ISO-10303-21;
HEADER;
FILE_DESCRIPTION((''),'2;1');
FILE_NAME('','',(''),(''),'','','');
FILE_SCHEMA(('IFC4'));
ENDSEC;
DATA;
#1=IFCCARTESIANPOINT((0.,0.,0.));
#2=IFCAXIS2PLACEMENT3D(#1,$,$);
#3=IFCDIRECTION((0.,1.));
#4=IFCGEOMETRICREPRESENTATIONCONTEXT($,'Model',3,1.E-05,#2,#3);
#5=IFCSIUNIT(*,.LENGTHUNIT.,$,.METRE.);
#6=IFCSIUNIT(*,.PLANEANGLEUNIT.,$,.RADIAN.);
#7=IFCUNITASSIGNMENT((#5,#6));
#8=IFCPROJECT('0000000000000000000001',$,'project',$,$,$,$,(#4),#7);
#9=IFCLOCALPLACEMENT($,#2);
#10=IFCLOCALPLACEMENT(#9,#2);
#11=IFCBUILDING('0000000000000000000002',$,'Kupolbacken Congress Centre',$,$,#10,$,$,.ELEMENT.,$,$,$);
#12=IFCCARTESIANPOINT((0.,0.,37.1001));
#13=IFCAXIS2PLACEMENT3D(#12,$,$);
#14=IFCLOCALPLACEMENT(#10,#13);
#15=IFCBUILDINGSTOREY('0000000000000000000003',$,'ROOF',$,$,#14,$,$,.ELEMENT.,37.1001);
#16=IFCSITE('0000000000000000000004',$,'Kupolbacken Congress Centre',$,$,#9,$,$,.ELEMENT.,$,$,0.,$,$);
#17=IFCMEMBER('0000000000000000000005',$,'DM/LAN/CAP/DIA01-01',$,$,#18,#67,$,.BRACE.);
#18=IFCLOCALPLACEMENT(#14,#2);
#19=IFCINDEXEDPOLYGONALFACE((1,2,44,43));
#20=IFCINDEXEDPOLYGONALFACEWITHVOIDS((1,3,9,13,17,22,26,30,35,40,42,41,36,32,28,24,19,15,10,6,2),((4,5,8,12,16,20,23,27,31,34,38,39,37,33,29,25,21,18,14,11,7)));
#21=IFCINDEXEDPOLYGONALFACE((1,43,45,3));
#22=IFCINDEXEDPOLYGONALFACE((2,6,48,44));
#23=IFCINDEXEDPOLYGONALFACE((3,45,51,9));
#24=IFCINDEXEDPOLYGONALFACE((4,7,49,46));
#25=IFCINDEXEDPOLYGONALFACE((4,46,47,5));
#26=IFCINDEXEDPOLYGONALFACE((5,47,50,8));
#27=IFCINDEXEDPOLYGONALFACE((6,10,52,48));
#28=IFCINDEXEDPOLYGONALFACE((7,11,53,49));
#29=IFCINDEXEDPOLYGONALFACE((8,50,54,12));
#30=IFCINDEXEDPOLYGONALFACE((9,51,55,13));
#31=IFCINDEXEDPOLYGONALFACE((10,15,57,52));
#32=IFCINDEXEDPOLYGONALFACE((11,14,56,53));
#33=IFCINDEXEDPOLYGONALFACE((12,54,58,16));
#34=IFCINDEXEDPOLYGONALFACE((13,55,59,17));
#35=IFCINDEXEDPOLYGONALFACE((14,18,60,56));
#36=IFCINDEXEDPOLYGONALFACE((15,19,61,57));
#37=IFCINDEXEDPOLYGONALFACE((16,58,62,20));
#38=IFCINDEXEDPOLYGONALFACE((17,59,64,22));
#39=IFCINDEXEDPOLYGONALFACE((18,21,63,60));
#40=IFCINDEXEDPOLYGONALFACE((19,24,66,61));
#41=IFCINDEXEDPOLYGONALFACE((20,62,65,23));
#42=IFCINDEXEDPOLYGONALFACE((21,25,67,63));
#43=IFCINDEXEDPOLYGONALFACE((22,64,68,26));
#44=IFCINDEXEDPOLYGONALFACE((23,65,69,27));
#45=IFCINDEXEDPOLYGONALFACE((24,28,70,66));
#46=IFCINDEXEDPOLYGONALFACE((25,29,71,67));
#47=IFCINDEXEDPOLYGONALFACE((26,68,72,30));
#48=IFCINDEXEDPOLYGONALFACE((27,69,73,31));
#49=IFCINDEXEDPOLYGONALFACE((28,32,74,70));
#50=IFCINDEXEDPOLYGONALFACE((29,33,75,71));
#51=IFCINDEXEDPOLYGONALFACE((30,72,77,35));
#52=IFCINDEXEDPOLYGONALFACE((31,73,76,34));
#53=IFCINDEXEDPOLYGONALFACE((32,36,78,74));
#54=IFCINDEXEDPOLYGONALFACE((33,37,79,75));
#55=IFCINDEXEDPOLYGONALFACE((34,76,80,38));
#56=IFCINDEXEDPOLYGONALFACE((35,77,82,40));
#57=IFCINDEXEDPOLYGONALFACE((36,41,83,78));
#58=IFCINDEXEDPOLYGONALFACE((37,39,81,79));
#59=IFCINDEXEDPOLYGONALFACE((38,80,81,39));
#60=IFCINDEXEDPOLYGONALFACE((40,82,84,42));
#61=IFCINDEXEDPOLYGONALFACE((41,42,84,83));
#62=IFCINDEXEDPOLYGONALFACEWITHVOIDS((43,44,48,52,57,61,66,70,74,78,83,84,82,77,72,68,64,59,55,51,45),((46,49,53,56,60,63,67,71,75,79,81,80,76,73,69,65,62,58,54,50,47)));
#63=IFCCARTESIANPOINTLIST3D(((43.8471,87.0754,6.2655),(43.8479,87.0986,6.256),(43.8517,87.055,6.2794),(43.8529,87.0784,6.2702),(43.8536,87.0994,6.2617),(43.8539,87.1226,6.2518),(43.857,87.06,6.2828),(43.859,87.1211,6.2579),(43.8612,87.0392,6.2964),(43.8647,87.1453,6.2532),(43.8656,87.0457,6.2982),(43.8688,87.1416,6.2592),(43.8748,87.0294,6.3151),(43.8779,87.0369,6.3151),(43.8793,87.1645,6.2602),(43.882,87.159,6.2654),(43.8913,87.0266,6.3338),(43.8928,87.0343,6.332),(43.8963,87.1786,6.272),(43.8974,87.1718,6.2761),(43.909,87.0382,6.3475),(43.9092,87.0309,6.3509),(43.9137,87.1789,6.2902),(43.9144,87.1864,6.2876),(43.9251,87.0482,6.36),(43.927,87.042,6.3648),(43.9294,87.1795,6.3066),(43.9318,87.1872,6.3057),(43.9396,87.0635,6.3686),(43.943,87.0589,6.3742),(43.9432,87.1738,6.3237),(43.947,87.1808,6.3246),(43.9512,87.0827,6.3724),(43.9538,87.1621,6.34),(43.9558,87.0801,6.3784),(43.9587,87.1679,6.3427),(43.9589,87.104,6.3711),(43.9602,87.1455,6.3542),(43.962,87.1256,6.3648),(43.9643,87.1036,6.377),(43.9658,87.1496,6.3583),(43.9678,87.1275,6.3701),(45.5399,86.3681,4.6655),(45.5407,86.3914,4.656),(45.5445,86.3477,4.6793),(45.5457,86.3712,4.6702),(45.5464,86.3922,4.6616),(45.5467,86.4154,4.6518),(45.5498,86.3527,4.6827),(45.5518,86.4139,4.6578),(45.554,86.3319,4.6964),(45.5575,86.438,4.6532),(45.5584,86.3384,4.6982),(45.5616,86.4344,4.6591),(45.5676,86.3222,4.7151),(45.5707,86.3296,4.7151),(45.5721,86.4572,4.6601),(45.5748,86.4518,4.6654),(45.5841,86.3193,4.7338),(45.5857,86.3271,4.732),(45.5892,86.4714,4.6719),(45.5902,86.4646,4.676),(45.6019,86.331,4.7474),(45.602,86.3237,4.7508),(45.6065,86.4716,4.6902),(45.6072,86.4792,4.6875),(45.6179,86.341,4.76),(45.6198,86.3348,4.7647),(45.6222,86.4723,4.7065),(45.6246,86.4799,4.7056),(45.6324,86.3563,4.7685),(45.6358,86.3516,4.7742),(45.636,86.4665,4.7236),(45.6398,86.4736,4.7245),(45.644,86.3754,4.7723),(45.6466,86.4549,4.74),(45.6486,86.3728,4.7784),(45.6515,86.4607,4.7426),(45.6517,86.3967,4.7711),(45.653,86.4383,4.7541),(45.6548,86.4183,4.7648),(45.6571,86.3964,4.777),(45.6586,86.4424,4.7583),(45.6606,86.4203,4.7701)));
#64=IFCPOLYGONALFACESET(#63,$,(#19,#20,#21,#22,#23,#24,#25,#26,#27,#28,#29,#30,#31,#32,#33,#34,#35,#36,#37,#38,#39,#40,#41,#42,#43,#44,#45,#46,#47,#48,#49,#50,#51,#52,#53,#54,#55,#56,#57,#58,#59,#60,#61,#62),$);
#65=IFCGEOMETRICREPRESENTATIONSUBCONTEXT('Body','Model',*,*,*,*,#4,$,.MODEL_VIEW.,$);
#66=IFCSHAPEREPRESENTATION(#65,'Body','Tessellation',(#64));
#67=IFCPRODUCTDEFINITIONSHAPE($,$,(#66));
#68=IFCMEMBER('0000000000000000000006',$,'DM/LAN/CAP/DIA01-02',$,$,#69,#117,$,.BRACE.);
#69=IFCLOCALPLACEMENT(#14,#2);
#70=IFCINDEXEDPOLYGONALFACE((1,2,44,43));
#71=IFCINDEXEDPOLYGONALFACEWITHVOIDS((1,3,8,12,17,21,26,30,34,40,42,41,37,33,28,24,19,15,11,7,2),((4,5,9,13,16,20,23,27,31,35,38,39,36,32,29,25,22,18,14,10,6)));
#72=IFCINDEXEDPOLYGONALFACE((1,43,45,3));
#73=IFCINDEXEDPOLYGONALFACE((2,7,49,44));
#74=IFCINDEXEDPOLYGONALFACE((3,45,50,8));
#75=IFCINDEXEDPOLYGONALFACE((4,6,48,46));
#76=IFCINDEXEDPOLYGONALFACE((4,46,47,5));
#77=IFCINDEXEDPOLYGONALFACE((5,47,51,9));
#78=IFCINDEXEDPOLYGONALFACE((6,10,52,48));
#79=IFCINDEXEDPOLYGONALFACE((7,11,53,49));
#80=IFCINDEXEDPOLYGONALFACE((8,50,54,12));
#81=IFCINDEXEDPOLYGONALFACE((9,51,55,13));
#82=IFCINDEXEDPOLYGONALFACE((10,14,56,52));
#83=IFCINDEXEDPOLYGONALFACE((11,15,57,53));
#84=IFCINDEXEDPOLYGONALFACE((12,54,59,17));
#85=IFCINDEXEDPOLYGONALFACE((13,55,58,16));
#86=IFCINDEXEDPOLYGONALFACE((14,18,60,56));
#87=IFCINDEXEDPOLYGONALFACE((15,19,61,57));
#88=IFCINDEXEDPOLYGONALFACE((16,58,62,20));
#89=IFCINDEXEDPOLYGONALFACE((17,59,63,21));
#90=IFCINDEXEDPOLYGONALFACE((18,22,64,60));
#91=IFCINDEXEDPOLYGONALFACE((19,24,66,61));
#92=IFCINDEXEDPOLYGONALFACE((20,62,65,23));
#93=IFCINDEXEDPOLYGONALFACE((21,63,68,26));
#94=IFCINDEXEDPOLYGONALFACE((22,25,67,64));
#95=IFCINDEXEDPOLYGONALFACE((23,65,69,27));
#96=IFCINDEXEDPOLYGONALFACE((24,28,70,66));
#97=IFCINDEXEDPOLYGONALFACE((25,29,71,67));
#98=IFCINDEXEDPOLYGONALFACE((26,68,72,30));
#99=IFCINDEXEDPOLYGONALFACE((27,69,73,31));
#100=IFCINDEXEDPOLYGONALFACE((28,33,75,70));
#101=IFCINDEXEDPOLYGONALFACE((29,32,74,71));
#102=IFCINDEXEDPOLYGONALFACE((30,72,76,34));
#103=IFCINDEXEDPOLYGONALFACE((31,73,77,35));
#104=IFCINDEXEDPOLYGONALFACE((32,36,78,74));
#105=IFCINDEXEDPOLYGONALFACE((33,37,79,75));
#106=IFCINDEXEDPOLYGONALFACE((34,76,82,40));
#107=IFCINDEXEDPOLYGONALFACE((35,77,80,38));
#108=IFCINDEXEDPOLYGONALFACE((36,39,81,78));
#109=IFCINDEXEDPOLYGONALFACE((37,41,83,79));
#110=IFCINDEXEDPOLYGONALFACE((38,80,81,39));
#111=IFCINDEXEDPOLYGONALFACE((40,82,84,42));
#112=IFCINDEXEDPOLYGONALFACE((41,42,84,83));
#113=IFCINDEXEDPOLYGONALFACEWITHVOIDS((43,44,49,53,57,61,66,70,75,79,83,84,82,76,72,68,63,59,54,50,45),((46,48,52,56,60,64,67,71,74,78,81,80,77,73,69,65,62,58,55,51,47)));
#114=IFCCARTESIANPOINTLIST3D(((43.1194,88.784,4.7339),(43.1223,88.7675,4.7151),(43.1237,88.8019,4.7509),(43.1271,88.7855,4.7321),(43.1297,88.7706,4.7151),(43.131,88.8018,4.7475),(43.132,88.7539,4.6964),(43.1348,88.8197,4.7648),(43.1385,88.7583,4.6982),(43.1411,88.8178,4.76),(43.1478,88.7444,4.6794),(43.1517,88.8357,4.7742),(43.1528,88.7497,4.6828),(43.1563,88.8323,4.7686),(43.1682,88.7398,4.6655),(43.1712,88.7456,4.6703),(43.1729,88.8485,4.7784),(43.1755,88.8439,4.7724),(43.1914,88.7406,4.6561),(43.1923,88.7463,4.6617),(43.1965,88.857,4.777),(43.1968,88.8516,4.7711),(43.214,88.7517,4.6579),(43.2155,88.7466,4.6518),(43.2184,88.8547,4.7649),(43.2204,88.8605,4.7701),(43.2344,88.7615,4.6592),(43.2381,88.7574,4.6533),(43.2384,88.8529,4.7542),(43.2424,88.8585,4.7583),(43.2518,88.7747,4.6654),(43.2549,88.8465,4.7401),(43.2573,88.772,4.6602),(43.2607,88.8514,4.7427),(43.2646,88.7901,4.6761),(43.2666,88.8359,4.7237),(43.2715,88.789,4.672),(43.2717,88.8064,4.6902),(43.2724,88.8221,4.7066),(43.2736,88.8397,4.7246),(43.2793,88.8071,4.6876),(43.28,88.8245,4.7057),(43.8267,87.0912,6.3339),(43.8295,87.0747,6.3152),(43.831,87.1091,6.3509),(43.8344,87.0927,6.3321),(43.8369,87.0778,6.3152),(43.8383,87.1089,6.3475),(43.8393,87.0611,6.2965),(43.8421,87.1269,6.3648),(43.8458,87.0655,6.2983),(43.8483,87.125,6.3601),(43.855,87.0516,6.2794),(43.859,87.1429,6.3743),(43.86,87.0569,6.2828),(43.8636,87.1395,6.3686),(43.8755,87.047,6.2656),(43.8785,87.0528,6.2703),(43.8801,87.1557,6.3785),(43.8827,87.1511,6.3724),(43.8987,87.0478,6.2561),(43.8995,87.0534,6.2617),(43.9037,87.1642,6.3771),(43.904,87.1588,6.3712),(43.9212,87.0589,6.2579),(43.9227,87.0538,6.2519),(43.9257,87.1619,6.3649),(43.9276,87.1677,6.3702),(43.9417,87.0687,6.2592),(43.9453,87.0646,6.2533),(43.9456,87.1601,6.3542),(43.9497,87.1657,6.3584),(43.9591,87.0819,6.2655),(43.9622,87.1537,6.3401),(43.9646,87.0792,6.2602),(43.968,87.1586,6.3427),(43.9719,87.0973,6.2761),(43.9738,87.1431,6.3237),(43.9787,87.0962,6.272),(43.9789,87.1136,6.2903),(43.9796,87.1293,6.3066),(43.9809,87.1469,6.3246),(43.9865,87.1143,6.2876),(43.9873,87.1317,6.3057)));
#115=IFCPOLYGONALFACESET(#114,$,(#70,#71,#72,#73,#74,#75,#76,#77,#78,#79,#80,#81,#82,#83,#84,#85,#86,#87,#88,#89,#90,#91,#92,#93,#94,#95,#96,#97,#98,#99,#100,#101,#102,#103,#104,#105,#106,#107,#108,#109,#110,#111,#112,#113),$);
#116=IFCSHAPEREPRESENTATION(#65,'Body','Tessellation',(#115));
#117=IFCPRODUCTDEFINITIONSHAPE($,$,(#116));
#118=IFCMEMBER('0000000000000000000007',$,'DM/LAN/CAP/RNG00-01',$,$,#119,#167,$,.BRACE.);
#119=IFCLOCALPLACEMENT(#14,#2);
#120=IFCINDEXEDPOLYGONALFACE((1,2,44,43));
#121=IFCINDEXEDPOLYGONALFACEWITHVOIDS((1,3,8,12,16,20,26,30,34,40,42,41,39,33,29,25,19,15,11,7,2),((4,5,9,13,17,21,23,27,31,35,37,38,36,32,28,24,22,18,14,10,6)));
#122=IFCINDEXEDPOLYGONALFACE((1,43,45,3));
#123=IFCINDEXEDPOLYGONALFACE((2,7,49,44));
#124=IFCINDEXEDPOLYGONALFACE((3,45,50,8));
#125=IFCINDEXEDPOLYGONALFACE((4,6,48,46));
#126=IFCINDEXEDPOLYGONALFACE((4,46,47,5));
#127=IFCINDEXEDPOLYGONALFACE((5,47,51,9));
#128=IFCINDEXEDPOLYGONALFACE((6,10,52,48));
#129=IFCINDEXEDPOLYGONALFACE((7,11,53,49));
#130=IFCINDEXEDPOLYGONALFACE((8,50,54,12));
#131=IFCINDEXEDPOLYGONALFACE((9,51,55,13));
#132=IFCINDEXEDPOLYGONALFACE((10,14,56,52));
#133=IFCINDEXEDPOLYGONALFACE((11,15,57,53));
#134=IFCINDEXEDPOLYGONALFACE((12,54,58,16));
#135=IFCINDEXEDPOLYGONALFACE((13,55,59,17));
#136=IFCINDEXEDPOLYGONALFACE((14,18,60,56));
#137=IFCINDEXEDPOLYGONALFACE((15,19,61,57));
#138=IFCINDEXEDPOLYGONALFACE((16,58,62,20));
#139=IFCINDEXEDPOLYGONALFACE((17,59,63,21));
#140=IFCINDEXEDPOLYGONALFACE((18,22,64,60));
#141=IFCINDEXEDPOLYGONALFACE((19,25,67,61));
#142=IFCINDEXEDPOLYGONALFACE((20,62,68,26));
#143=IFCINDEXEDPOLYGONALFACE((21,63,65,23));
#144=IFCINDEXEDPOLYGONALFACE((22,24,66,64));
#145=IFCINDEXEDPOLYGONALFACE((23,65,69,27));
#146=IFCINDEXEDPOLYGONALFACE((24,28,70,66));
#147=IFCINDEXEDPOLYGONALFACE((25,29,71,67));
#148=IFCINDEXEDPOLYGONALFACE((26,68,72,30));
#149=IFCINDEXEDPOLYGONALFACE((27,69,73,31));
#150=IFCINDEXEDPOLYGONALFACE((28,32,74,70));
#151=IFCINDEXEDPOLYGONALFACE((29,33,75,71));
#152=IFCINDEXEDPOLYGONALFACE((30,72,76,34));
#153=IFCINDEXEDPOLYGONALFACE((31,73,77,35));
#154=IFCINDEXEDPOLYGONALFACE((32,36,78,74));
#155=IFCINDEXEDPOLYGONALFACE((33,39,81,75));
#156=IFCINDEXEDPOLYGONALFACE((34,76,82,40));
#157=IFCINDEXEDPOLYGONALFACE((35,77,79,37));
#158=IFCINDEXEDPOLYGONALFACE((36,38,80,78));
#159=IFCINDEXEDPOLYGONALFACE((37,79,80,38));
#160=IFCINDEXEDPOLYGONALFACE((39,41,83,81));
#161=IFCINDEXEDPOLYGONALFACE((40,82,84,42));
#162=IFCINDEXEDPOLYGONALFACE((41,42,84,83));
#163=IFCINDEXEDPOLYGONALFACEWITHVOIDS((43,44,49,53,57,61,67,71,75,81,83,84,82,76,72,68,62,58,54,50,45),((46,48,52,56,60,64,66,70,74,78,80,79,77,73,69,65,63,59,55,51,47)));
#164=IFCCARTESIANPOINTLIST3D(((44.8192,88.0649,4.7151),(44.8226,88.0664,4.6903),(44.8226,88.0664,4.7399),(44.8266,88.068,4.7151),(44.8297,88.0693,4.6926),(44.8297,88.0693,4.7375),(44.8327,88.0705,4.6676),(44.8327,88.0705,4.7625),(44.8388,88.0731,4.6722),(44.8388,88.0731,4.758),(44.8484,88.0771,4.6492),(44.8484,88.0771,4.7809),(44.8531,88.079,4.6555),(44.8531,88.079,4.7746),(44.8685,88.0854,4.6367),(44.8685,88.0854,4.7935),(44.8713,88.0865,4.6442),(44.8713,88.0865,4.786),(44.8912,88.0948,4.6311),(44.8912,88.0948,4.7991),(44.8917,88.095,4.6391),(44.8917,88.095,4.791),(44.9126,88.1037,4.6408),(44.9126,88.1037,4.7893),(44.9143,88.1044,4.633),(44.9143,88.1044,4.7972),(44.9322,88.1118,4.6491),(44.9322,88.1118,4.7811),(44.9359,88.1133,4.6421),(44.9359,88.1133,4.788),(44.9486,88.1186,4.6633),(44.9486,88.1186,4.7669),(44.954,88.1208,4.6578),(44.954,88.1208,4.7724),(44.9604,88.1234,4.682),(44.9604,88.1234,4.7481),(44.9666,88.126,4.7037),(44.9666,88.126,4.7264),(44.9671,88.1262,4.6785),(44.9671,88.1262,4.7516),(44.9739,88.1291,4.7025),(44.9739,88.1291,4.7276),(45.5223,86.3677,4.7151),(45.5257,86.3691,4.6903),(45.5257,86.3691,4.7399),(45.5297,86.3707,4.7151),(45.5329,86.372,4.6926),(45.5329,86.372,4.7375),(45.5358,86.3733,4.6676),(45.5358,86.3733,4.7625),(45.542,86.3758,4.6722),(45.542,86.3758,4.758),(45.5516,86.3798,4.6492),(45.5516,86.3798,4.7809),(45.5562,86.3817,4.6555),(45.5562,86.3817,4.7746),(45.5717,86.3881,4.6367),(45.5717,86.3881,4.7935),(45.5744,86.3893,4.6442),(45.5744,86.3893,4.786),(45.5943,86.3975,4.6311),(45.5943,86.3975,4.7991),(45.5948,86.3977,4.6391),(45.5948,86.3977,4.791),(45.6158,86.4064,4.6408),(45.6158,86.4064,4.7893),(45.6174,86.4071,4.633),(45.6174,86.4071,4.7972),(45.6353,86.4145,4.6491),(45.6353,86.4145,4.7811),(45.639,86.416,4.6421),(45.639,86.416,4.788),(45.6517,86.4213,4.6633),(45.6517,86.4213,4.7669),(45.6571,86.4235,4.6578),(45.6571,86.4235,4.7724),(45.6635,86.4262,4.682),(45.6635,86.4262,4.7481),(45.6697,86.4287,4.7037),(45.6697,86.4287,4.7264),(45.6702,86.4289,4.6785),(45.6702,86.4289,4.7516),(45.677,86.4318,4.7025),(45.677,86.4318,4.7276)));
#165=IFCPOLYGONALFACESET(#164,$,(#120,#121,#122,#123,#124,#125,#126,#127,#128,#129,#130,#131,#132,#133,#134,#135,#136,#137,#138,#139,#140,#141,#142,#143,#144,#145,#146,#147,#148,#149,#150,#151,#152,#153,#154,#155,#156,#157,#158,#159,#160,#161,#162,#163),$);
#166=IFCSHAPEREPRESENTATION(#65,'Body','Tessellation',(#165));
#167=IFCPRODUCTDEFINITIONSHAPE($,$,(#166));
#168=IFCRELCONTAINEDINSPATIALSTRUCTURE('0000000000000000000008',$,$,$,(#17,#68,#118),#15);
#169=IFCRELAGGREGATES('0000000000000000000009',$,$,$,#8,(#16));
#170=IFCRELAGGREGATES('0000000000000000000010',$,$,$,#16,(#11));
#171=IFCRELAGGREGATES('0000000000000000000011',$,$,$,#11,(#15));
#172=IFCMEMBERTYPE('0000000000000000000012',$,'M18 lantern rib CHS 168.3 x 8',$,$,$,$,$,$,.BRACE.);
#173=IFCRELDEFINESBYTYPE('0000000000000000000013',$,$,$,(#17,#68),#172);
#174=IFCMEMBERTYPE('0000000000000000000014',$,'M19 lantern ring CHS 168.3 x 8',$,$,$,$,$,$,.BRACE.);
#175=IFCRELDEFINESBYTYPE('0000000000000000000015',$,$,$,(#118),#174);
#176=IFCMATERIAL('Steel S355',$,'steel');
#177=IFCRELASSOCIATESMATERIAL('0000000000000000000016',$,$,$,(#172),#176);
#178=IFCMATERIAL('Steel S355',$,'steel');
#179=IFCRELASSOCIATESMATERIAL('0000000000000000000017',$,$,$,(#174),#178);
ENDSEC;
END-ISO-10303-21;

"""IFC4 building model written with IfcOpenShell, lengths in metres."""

from ifc_helpers import new_model, si_unit, direction, frame, origin, origin_2d, place, context, subcontext, project, spatial, hollow_circle, extrude, material, material_profile, profile_set, type_object, element, save


model = new_model("IFC4")

# Units and contexts
model_context = context("Model", 3, precision=1e-05, world=origin(), true_north=direction((0.0, 1.0)))
body_context = subcontext(model_context, "Body", "Model", "MODEL_VIEW")
ifc_project = project(units=[si_unit("LENGTHUNIT", "METRE"), si_unit("PLANEANGLEUNIT", "RADIAN")], contexts=[model_context])

# Site, building, storey
site_placement = place(None, origin())
site = spatial("IfcSite", under=ifc_project, at=site_placement, Name="Kupolbacken Congress Centre", CompositionType="ELEMENT", RefElevation=0.0)
building_placement = place(site_placement, origin())
building = spatial("IfcBuilding", under=site, at=building_placement, Name="Kupolbacken Congress Centre", CompositionType="ELEMENT")
storey_placement = place(building_placement, frame((0.0, 0.0, 37.1001)))
storey = spatial("IfcBuildingStorey", under=building, at=storey_placement, Name="ROOF", CompositionType="ELEMENT", Elevation=37.1001)

# Members
ifc_material_1 = material(Name="Steel S355", Category="steel")
ifc_material_profile_1 = material_profile(ifc_material_1, hollow_circle(Radius=0.0842, WallThickness=0.0081, at=origin_2d()), Name="CHS 168.3 x 8")
ifc_profile_set_1 = profile_set([ifc_material_profile_1], Name="Steel S355")
member_type_1 = type_object("IfcMemberType", Name="M18 lantern rib CHS 168.3 x 8", PredefinedType="BRACE", material=ifc_profile_set_1)
for number, where, z_axis, x_axis, name in (
    (1, (45.6001, 86.3999, 4.7151), (-0.695392, 0.290532, 0.657283), (-0.385503, -0.922706, 0.0), "DM/LAN/CAP/DIA01-01"),
    (2, (43.9072, 87.1072, 6.3152), (-0.290532, 0.695392, -0.657283), (-0.922706, -0.385503, 0.0), "DM/LAN/CAP/DIA01-02"),
):
    element("IfcMember", number, at=place(storey_placement, frame(where, z_axis=z_axis, x_axis=x_axis)), inside=storey, type_object=member_type_1, Name=name, PredefinedType="BRACE", context=body_context, shape_type="SweptSolid", body=[
        extrude(hollow_circle(Radius=0.0842, WallThickness=0.0081, at=origin_2d()), origin(), (0.0, 0.0, 1.0), 2.4343),
    ])
ifc_material_2 = material(Name="Steel S355", Category="steel")
ifc_material_profile_2 = material_profile(ifc_material_2, hollow_circle(Radius=0.0842, WallThickness=0.0081, at=origin_2d()), Name="CHS 168.3 x 8")
ifc_profile_set_2 = profile_set([ifc_material_profile_2], Name="Steel S355")
member_type_2 = type_object("IfcMemberType", Name="M19 lantern ring CHS 168.3 x 8", PredefinedType="BRACE", material=ifc_profile_set_2)
member_1_placement = place(storey_placement, frame((45.6001, 86.3999, 4.7151), z_axis=(-0.382727, 0.923861, 0.0), x_axis=(-0.923861, -0.382727, 0.0)))
element("IfcMember", 3, at=member_1_placement, inside=storey, type_object=member_type_2, Name="DM/LAN/CAP/RNG00-01", PredefinedType="BRACE", context=body_context, shape_type="SweptSolid", body=[
    extrude(hollow_circle(Radius=0.0842, WallThickness=0.0081, at=origin_2d()), origin(), (0.0, 0.0, 1.0), 1.8372),
])

save(model, "model.ifc")
